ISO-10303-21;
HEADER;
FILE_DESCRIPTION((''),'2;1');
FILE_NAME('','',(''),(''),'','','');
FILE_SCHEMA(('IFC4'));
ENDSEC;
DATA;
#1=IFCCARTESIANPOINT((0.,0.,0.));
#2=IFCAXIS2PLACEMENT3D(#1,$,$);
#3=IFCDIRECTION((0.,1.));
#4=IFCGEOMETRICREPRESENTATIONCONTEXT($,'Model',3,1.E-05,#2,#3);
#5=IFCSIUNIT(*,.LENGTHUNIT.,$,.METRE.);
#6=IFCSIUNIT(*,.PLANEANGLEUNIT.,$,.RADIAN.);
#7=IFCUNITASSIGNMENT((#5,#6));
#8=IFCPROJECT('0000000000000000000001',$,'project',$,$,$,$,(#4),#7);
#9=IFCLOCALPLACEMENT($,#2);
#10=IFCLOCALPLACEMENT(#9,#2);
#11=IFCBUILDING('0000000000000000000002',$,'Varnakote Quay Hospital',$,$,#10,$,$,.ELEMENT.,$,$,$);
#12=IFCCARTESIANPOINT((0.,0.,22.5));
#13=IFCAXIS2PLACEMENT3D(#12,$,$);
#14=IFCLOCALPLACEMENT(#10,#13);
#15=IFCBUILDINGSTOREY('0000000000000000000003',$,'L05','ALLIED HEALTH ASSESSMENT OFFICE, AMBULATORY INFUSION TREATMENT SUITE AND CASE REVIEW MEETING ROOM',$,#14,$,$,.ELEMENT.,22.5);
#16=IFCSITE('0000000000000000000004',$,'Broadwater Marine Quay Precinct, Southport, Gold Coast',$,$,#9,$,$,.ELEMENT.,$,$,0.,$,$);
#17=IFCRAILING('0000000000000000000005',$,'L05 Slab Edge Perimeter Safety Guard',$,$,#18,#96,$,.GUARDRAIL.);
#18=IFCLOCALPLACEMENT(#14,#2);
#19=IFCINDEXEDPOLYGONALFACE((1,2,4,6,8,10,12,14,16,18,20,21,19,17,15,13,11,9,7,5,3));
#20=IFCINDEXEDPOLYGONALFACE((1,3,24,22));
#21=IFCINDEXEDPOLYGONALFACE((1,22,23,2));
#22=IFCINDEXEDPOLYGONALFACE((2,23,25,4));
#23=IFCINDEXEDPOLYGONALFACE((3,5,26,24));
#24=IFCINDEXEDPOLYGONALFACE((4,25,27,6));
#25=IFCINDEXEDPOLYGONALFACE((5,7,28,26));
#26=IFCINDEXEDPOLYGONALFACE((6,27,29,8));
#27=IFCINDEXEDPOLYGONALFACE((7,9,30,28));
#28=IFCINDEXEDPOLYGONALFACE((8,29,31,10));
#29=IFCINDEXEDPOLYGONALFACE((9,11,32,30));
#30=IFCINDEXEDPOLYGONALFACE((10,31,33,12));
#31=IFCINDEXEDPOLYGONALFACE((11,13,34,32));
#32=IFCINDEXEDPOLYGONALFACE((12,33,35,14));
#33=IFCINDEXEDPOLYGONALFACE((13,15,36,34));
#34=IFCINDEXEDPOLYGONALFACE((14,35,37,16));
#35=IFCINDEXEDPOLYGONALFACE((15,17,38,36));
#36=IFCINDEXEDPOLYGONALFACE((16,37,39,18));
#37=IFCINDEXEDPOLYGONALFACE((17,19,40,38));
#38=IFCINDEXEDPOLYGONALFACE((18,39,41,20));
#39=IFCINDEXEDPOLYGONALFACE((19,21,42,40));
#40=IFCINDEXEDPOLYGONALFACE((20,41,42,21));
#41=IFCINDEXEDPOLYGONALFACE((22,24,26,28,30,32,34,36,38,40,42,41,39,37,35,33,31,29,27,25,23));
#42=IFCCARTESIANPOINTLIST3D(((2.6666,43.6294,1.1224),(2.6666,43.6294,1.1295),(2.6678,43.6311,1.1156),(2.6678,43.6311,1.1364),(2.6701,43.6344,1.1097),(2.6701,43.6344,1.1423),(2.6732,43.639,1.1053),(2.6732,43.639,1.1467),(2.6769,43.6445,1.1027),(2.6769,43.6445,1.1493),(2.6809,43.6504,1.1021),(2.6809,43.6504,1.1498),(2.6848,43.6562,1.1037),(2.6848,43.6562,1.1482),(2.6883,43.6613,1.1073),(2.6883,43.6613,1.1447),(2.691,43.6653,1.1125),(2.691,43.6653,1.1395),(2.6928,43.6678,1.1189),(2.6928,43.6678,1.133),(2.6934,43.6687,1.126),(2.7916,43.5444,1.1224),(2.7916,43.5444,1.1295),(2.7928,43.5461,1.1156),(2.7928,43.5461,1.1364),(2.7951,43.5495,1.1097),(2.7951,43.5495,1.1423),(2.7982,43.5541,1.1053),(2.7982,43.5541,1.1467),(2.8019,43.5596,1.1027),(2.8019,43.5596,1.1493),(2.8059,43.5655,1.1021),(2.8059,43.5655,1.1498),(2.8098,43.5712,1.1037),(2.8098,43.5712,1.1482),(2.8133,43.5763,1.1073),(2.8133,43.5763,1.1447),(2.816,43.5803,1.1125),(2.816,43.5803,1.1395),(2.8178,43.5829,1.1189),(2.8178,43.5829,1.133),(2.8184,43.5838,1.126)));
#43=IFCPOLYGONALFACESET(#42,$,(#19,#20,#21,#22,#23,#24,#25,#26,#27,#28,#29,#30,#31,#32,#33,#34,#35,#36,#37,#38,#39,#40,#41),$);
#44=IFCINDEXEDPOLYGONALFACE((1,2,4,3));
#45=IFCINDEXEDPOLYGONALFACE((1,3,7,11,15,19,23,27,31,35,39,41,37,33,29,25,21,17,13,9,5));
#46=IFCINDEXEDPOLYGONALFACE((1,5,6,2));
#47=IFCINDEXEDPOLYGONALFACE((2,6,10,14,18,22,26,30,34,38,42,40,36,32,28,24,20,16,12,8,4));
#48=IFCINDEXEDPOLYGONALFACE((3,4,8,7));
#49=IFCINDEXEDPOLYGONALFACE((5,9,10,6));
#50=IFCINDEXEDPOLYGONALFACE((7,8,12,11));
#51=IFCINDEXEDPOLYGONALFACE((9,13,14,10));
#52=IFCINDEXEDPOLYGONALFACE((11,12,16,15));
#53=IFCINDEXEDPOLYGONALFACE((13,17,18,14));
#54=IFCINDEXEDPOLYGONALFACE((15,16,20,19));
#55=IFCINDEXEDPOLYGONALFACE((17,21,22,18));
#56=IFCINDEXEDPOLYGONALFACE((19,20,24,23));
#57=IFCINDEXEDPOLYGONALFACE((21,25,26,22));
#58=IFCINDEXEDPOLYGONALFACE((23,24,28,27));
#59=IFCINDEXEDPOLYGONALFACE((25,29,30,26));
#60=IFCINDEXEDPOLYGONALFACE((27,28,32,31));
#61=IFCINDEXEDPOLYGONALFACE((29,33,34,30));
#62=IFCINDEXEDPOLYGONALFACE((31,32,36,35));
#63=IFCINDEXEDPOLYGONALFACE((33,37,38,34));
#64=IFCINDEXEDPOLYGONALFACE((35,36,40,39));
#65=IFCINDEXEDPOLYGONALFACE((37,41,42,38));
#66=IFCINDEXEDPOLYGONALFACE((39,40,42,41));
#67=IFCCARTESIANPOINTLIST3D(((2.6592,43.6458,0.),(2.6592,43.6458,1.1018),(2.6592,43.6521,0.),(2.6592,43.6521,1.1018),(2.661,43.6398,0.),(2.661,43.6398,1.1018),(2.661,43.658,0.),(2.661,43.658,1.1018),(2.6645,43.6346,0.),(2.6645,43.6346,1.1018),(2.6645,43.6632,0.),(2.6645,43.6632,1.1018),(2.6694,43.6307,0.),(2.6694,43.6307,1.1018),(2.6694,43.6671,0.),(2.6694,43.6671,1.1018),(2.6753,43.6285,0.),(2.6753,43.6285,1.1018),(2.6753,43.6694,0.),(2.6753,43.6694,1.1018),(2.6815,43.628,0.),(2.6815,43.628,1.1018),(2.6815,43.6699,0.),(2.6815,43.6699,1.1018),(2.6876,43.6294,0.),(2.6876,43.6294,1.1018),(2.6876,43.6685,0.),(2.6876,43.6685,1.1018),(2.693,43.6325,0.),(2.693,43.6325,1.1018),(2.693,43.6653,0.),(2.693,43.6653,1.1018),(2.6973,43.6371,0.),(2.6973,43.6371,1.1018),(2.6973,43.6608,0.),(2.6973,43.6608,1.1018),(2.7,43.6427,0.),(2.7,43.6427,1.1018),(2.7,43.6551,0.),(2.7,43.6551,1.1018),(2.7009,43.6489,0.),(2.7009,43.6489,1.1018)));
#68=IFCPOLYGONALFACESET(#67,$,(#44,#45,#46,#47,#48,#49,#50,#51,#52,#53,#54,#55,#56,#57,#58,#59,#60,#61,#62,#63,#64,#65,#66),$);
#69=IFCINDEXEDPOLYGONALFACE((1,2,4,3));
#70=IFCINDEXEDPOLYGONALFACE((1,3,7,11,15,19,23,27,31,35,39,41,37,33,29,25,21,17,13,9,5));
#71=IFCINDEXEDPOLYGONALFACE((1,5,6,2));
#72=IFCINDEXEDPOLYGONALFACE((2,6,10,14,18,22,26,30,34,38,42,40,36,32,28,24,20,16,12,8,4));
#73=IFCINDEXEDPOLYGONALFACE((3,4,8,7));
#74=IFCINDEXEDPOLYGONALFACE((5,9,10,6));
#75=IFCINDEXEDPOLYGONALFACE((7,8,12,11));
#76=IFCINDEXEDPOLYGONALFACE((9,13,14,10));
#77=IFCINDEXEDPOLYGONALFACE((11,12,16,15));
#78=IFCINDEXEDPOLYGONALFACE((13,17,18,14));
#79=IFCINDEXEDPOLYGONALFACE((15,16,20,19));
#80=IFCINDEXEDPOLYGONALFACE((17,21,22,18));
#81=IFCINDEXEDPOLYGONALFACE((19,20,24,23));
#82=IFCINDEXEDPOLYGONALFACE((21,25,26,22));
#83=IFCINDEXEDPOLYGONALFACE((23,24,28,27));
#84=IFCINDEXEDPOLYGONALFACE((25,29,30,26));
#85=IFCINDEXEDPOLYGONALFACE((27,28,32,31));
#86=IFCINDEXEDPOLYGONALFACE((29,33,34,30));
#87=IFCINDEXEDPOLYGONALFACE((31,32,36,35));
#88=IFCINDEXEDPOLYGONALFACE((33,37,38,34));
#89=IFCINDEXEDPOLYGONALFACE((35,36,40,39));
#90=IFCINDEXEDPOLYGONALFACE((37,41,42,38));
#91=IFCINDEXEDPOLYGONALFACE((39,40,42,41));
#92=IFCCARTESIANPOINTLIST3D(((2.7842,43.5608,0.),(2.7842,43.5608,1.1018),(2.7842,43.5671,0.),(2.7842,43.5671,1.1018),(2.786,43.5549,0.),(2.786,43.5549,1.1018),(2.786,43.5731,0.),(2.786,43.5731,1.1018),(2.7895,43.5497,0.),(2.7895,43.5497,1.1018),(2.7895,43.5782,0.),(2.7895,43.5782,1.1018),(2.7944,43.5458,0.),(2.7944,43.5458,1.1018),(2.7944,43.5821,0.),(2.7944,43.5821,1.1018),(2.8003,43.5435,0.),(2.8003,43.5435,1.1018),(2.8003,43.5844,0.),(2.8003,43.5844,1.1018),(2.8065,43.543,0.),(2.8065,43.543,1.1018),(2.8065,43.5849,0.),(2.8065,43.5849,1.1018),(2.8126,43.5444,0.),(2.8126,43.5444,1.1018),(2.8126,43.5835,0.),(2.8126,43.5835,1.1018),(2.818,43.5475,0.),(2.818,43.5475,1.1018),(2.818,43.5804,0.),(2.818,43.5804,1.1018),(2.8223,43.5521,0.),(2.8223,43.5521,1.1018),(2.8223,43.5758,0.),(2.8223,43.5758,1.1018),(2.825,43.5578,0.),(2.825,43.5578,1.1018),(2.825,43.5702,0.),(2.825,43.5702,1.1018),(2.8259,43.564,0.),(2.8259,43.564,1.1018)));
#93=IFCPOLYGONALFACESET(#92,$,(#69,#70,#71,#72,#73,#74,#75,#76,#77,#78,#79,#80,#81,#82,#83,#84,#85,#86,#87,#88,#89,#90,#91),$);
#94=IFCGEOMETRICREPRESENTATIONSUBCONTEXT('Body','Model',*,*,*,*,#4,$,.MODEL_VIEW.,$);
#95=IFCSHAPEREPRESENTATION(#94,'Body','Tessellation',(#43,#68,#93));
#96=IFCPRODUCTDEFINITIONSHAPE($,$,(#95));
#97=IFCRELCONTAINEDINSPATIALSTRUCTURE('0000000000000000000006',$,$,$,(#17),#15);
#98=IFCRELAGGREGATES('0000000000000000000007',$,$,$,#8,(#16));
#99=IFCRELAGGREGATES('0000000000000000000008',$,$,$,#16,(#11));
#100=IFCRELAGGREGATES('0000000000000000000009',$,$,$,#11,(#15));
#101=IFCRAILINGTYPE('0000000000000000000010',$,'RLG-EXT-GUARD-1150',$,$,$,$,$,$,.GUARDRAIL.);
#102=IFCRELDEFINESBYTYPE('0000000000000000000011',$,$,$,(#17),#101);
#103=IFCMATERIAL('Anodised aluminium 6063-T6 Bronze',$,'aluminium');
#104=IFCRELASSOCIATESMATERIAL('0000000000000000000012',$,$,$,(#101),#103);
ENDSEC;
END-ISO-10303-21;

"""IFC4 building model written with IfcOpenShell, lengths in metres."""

from ifc_helpers import new_model, si_unit, direction, frame, origin, origin_2d, place, context, subcontext, project, spatial, circle, extrude, material, type_object, element, save


model = new_model("IFC4")

# Units and contexts
model_context = context("Model", 3, precision=1e-05, world=origin(), true_north=direction((0.0, 1.0)))
body_context = subcontext(model_context, "Body", "Model", "MODEL_VIEW")
ifc_project = project(units=[si_unit("LENGTHUNIT", "METRE"), si_unit("PLANEANGLEUNIT", "RADIAN")], contexts=[model_context])

# Site, building, storey
site_placement = place(None, origin())
site = spatial("IfcSite", under=ifc_project, at=site_placement, Name="Broadwater Marine Quay Precinct, Southport, Gold Coast", CompositionType="ELEMENT", RefElevation=0.0)
building_placement = place(site_placement, origin())
building = spatial("IfcBuilding", under=site, at=building_placement, Name="Varnakote Quay Hospital", CompositionType="ELEMENT")
storey_placement = place(building_placement, frame((0.0, 0.0, 22.5)))
storey = spatial("IfcBuildingStorey", under=building, at=storey_placement, Name="L05", Description="ALLIED HEALTH ASSESSMENT OFFICE, AMBULATORY INFUSION TREATMENT SUITE AND CASE REVIEW MEETING ROOM", CompositionType="ELEMENT", Elevation=22.5)

# Railing
ifc_material_1 = material(Name="Anodised aluminium 6063-T6 Bronze", Category="aluminium")
railing_type = type_object("IfcRailingType", Name="RLG-EXT-GUARD-1150", PredefinedType="GUARDRAIL", material=ifc_material_1)
railing_1_placement = place(storey_placement, frame((2.6799, 43.6489, 0.0)))
element("IfcRailing", 1, at=railing_1_placement, inside=storey, type_object=railing_type, Name="L05 Slab Edge Perimeter Safety Guard", PredefinedType="GUARDRAIL", context=body_context, shape_type="SweptSolid", body=[
    extrude(circle(Radius=0.0239, at=origin_2d()), frame((0.0, 0.0, 1.126), z_axis=(0.827047, -0.562133, 0.0), x_axis=(0.562133, 0.827047, 0.0)), (0.0, 0.0, 1.0), 0.1511),
    extrude(circle(Radius=0.021, at=origin_2d()), origin(), (0.0, 0.0, 1.0), 1.1018),
    extrude(circle(Radius=0.021, at=origin_2d()), frame((0.125, -0.085, 0.0)), (0.0, 0.0, 1.0), 1.1018),
])

save(model, "model.ifc")
